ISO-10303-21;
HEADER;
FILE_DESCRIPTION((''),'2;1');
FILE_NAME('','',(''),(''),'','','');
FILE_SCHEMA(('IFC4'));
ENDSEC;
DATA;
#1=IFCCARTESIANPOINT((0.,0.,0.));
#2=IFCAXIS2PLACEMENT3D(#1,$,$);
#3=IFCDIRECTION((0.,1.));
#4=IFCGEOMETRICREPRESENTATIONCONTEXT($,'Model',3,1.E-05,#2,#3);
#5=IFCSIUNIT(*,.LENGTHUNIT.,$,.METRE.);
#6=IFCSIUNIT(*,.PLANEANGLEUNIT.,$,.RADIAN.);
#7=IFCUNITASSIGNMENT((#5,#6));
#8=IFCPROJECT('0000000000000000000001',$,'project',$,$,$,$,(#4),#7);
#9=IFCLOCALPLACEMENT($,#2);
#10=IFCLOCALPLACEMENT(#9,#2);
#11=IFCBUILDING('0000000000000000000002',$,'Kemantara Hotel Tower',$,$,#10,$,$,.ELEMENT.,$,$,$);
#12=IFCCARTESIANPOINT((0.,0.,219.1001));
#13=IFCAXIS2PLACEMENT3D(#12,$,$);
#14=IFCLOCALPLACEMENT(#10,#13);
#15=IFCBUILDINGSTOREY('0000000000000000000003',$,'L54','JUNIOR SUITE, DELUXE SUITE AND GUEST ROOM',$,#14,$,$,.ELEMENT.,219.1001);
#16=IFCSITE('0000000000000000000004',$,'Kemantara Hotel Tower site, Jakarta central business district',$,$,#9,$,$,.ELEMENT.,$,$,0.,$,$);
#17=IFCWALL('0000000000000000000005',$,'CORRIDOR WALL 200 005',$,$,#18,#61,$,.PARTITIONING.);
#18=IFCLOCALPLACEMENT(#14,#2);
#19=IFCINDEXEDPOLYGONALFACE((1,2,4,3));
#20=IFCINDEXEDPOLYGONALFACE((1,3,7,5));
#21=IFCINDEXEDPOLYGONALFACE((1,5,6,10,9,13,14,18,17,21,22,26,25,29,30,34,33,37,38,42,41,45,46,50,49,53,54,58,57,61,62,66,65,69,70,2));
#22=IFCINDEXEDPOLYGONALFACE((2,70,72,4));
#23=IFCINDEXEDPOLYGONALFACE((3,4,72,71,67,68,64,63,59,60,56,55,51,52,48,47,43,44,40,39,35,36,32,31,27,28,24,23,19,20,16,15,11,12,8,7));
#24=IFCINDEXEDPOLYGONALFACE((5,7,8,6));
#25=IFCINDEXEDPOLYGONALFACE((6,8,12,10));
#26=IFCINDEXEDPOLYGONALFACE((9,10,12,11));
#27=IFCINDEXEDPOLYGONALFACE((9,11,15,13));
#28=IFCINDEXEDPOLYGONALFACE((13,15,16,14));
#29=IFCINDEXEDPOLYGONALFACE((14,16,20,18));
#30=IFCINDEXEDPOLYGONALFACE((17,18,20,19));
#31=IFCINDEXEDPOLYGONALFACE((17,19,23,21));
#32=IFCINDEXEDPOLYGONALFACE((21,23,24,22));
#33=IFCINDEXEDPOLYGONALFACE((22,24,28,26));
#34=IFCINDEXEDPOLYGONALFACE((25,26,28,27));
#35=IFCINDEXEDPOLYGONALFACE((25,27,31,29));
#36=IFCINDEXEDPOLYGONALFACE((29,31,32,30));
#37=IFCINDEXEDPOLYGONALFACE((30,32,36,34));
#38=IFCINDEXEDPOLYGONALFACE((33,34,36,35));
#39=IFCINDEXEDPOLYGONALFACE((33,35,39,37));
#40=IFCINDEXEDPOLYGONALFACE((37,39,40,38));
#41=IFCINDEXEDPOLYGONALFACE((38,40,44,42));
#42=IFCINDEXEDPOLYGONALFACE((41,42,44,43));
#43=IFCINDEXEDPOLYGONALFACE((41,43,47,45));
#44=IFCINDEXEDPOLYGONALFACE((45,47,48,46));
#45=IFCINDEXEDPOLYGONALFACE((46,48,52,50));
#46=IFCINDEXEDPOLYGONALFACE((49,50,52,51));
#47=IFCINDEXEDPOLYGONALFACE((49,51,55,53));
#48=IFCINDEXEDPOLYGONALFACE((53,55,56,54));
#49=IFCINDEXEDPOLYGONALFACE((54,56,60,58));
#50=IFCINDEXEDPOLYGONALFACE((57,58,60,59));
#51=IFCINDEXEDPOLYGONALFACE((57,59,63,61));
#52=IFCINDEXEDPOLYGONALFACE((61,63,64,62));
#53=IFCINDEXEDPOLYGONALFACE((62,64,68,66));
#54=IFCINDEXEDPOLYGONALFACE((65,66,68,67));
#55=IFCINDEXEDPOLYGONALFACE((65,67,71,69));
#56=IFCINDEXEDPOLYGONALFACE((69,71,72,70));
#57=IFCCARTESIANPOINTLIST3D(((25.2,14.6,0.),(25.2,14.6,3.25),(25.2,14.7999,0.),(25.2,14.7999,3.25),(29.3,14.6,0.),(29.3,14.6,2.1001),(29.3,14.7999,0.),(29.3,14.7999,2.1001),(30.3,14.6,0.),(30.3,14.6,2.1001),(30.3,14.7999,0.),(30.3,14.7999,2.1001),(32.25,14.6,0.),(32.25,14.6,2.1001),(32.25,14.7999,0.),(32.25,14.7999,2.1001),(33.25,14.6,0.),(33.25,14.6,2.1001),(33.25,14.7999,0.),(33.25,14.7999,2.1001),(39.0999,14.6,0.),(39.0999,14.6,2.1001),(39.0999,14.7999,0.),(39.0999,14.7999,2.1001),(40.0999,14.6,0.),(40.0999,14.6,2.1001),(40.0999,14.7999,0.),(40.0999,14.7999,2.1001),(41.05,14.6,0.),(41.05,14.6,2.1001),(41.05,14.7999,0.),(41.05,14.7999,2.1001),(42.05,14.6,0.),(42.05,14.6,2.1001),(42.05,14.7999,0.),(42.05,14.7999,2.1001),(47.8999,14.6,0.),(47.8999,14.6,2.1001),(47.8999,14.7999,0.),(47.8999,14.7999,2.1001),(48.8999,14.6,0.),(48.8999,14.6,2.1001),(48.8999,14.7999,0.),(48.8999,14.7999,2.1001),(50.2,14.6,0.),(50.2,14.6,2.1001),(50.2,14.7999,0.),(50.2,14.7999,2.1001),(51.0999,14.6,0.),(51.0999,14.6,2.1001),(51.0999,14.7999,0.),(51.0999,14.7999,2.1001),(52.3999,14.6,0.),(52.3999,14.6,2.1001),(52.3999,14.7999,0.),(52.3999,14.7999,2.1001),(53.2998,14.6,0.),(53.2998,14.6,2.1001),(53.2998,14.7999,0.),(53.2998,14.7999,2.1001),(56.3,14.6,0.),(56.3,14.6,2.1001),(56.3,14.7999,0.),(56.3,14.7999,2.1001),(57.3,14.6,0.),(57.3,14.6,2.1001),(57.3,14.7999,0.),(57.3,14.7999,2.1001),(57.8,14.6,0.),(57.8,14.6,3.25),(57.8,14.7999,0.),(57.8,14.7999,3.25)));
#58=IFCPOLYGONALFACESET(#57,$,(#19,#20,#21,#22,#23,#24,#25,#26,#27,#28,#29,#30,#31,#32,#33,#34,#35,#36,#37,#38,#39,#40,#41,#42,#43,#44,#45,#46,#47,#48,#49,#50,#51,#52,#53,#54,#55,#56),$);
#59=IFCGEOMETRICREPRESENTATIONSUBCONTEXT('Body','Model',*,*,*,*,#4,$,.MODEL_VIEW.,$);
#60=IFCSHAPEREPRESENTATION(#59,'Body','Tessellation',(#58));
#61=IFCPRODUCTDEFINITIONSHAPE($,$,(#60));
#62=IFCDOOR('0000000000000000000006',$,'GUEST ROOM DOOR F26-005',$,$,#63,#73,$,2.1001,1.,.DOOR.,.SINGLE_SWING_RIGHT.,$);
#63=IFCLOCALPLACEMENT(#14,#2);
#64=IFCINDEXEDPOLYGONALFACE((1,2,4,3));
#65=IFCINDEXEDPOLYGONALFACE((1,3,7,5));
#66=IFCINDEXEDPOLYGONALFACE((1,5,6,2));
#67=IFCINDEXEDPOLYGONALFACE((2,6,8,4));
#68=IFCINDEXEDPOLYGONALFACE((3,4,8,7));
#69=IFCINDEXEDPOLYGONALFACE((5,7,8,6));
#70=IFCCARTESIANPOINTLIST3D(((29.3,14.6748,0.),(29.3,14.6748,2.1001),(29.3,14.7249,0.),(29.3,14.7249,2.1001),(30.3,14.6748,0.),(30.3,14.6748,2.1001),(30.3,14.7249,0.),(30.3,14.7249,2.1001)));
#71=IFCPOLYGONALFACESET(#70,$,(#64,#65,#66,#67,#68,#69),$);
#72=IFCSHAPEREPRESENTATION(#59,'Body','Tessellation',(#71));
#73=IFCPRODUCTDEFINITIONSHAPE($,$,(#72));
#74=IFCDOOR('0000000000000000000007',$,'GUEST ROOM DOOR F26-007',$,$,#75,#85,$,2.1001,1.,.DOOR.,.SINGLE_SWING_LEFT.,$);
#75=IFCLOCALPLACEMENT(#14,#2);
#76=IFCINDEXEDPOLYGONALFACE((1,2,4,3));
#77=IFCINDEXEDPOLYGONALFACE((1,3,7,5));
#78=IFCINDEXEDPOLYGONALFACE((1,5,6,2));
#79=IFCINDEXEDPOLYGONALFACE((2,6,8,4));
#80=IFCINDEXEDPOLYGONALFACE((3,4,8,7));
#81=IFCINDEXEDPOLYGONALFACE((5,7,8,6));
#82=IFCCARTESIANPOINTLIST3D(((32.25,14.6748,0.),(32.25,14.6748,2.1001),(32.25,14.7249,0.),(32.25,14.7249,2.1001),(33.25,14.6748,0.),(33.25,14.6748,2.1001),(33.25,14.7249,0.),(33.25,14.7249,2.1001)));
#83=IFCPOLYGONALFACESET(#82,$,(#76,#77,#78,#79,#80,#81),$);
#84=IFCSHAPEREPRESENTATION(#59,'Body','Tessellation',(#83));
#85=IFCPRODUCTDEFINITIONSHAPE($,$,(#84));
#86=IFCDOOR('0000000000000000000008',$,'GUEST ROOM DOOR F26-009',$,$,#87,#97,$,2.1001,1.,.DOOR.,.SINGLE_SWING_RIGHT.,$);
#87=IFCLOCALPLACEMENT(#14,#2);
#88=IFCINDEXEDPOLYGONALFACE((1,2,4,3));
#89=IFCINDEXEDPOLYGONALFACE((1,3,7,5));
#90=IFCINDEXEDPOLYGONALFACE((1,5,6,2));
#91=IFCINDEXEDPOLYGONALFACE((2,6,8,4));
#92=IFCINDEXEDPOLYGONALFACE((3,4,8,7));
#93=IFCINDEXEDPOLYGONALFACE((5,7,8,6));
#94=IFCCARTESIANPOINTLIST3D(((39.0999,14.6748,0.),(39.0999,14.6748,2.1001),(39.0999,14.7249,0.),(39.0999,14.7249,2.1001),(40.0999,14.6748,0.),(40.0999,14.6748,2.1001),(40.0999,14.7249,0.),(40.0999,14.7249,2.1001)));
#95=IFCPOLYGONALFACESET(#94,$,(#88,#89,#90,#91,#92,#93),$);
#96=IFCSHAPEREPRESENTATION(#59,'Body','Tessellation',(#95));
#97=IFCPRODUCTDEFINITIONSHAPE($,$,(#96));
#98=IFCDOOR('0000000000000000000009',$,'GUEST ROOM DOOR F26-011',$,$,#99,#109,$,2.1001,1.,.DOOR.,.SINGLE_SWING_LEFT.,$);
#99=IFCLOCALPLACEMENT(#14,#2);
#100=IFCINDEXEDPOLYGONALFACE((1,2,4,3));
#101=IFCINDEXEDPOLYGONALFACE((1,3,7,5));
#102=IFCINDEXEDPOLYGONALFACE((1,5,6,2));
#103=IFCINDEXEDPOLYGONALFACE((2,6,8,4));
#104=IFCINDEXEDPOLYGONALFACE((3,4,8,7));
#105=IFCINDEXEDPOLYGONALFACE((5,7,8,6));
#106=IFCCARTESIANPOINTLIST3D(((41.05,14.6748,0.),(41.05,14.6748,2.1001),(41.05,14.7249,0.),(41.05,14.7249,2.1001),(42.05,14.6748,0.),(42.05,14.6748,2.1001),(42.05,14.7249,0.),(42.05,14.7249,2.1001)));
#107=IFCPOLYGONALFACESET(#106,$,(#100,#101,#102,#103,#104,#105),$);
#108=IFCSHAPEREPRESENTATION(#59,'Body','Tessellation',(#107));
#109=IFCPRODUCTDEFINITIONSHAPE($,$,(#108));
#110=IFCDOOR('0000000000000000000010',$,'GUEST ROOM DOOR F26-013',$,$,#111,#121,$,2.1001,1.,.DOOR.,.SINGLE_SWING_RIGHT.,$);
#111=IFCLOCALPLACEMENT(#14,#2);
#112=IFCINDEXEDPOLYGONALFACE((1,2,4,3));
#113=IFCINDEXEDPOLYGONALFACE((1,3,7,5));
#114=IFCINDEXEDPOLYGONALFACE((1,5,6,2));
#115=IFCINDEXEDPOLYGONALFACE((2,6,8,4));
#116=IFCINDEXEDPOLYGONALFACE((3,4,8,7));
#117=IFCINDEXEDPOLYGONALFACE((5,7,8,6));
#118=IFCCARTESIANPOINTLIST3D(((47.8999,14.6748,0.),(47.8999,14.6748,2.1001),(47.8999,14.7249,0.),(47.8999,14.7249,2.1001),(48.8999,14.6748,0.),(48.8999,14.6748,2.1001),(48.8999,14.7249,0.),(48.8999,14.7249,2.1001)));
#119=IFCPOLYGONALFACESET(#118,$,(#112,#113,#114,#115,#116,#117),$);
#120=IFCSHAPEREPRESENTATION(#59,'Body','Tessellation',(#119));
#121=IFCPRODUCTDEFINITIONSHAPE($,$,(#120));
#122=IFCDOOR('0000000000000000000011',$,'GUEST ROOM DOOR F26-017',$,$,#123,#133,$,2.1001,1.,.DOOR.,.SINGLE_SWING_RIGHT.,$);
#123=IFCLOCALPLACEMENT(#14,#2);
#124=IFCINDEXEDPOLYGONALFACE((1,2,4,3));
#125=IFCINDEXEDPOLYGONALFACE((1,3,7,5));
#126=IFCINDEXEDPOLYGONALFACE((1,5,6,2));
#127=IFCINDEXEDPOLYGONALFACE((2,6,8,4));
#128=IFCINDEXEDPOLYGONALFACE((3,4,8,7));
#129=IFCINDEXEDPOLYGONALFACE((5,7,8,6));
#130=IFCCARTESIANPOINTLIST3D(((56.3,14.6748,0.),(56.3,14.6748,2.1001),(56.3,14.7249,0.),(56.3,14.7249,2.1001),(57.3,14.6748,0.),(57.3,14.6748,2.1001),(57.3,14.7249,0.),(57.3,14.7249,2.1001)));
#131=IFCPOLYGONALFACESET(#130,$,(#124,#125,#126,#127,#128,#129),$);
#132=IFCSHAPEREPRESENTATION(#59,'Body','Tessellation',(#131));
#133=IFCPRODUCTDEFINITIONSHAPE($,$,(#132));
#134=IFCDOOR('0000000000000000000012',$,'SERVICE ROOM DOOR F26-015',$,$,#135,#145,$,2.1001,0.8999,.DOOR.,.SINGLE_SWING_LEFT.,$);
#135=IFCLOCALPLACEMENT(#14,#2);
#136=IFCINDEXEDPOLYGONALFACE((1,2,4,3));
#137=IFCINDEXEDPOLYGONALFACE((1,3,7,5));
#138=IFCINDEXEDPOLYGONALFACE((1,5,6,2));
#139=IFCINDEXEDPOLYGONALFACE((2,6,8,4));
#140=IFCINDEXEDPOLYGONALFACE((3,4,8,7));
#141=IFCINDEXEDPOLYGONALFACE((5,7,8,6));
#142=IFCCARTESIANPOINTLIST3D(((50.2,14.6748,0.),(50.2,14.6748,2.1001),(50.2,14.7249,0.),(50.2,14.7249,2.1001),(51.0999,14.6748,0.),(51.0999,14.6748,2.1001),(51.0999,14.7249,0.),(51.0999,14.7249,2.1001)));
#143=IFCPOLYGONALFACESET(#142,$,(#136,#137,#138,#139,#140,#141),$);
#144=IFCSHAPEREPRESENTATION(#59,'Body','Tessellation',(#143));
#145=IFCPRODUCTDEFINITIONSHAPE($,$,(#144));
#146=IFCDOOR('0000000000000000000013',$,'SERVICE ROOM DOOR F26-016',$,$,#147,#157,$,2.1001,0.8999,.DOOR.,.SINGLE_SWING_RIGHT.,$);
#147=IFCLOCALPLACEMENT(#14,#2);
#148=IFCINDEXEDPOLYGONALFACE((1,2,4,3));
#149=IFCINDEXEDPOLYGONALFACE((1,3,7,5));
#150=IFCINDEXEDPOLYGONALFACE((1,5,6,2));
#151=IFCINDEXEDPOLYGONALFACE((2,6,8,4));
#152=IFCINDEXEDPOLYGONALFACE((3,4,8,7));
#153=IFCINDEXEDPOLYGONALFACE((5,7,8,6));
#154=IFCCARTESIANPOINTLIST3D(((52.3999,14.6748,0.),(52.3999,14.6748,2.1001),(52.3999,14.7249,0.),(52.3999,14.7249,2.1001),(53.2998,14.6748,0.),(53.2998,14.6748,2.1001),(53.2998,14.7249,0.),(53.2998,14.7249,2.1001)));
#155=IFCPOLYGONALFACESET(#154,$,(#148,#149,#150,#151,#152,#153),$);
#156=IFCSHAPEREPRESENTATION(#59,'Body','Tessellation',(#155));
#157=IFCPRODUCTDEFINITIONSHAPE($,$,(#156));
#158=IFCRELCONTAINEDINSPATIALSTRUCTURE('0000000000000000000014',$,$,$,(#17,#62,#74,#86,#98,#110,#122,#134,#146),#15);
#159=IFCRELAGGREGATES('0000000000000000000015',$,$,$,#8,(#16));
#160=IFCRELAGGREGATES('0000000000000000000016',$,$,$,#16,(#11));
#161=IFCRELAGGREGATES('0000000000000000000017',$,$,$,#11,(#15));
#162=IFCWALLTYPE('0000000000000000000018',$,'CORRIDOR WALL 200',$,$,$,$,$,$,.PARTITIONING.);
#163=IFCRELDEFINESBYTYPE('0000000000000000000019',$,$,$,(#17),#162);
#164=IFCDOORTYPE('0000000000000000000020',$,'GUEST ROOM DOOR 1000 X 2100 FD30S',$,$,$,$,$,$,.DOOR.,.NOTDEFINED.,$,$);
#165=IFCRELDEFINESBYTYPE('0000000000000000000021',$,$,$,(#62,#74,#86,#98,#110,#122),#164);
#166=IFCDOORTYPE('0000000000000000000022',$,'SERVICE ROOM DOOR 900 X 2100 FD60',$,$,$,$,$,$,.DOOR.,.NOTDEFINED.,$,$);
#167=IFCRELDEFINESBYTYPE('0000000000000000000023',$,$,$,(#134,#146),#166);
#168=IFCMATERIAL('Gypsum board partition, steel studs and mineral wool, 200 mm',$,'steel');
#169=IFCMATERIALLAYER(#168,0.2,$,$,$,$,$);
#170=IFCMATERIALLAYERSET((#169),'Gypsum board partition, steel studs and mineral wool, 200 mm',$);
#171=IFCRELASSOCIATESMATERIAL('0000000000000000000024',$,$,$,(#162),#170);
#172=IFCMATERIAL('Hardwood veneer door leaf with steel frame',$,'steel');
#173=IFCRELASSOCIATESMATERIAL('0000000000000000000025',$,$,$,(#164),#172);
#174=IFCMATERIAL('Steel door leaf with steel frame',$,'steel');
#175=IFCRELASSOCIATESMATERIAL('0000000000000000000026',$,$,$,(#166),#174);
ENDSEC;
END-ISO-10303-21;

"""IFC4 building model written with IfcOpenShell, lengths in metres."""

from ifc_helpers import new_model, si_unit, direction, frame, frame_2d, origin, place, context, subcontext, project, spatial, rectangle, extrude, material, layer, layer_set, type_object, element, fill, save


model = new_model("IFC4")

# Units and contexts
model_context = context("Model", 3, precision=1e-05, world=origin(), true_north=direction((0.0, 1.0)))
body_context = subcontext(model_context, "Body", "Model", "MODEL_VIEW")
ifc_project = project(units=[si_unit("LENGTHUNIT", "METRE"), si_unit("PLANEANGLEUNIT", "RADIAN")], contexts=[model_context])

# Site, building, storey
site_placement = place(None, origin())
site = spatial("IfcSite", under=ifc_project, at=site_placement, Name="Kemantara Hotel Tower site, Jakarta central business district", CompositionType="ELEMENT", RefElevation=0.0)
building_placement = place(site_placement, origin())
building = spatial("IfcBuilding", under=site, at=building_placement, Name="Kemantara Hotel Tower", CompositionType="ELEMENT")
storey_placement = place(building_placement, frame((0.0, 0.0, 219.1001)))
storey = spatial("IfcBuildingStorey", under=building, at=storey_placement, Name="L54", Description="JUNIOR SUITE, DELUXE SUITE AND GUEST ROOM", CompositionType="ELEMENT", Elevation=219.1001)

# Wall, openings, doors
ifc_material_1 = material(Name="Gypsum board partition, steel studs and mineral wool, 200 mm", Category="steel")
ifc_layer_1 = layer(ifc_material_1, 0.2)
ifc_layer_set_1 = layer_set([ifc_layer_1], Name="Gypsum board partition, steel studs and mineral wool, 200 mm")
wall_type_1 = type_object("IfcWallType", Name="CORRIDOR WALL 200", PredefinedType="PARTITIONING", material=ifc_layer_set_1)
wall_1_placement = place(storey_placement, frame((25.2, 14.7, 0.0), z_axis=(0.0, 0.0, 1.0), x_axis=(1.0, 0.0, 0.0)))
wall_1 = element("IfcWall", 1, at=wall_1_placement, inside=storey, type_object=wall_type_1, Name="CORRIDOR WALL 200 005", PredefinedType="PARTITIONING", context=body_context, shape_type="SweptSolid", body=[
    extrude(rectangle(XDim=32.6001, YDim=0.2, at=frame_2d((16.3, 0.0))), origin(), (0.0, 0.0, 1.0), 3.25),
])
opening_1_placement = place(wall_1_placement, frame((4.1001, 0.0, 0.0)))
opening_1 = element("IfcOpeningElement", 2, at=opening_1_placement, cuts=wall_1, PredefinedType="OPENING", context=body_context, shape_type="SweptSolid", body=[
    extrude(rectangle(XDim=1.0, YDim=2.1001, at=frame_2d((0.5, 1.05))), frame((0.0, 0.1099, 0.0), z_axis=(0.0, -1.0, 0.0), x_axis=(1.0, 0.0, 0.0)), (0.0, 0.0, 1.0), 0.22),
])
opening_2_placement = place(wall_1_placement, frame((7.05, 0.0, 0.0)))
opening_2 = element("IfcOpeningElement", 3, at=opening_2_placement, cuts=wall_1, PredefinedType="OPENING", context=body_context, shape_type="SweptSolid", body=[
    extrude(rectangle(XDim=1.0, YDim=2.1001, at=frame_2d((0.5, 1.05))), frame((0.0, 0.1099, 0.0), z_axis=(0.0, -1.0, 0.0), x_axis=(1.0, 0.0, 0.0)), (0.0, 0.0, 1.0), 0.22),
])
opening_3_placement = place(wall_1_placement, frame((13.8999, 0.0, 0.0)))
opening_3 = element("IfcOpeningElement", 4, at=opening_3_placement, cuts=wall_1, PredefinedType="OPENING", context=body_context, shape_type="SweptSolid", body=[
    extrude(rectangle(XDim=1.0, YDim=2.1001, at=frame_2d((0.5, 1.05))), frame((0.0, 0.1099, 0.0), z_axis=(0.0, -1.0, 0.0), x_axis=(1.0, 0.0, 0.0)), (0.0, 0.0, 1.0), 0.22),
])
opening_4_placement = place(wall_1_placement, frame((15.8501, 0.0, 0.0)))
opening_4 = element("IfcOpeningElement", 5, at=opening_4_placement, cuts=wall_1, PredefinedType="OPENING", context=body_context, shape_type="SweptSolid", body=[
    extrude(rectangle(XDim=1.0, YDim=2.1001, at=frame_2d((0.5, 1.05))), frame((0.0, 0.1099, 0.0), z_axis=(0.0, -1.0, 0.0), x_axis=(1.0, 0.0, 0.0)), (0.0, 0.0, 1.0), 0.22),
])
opening_5_placement = place(wall_1_placement, frame((22.7, 0.0, 0.0)))
opening_5 = element("IfcOpeningElement", 6, at=opening_5_placement, cuts=wall_1, PredefinedType="OPENING", context=body_context, shape_type="SweptSolid", body=[
    extrude(rectangle(XDim=1.0, YDim=2.1001, at=frame_2d((0.5, 1.05))), frame((0.0, 0.1099, 0.0), z_axis=(0.0, -1.0, 0.0), x_axis=(1.0, 0.0, 0.0)), (0.0, 0.0, 1.0), 0.22),
])
opening_6_placement = place(wall_1_placement, frame((25.0, 0.0, 0.0)))
opening_6 = element("IfcOpeningElement", 7, at=opening_6_placement, cuts=wall_1, PredefinedType="OPENING", context=body_context, shape_type="SweptSolid", body=[
    extrude(rectangle(XDim=0.8999, YDim=2.1001, at=frame_2d((0.45, 1.05))), frame((0.0, 0.1099, 0.0), z_axis=(0.0, -1.0, 0.0), x_axis=(1.0, 0.0, 0.0)), (0.0, 0.0, 1.0), 0.22),
])
opening_7_placement = place(wall_1_placement, frame((27.2, 0.0, 0.0)))
opening_7 = element("IfcOpeningElement", 8, at=opening_7_placement, cuts=wall_1, PredefinedType="OPENING", context=body_context, shape_type="SweptSolid", body=[
    extrude(rectangle(XDim=0.8999, YDim=2.1001, at=frame_2d((0.45, 1.05))), frame((0.0, 0.1099, 0.0), z_axis=(0.0, -1.0, 0.0), x_axis=(1.0, 0.0, 0.0)), (0.0, 0.0, 1.0), 0.22),
])
opening_8_placement = place(wall_1_placement, frame((31.1001, 0.0, 0.0)))
opening_8 = element("IfcOpeningElement", 9, at=opening_8_placement, cuts=wall_1, PredefinedType="OPENING", context=body_context, shape_type="SweptSolid", body=[
    extrude(rectangle(XDim=1.0, YDim=2.1001, at=frame_2d((0.5, 1.05))), frame((0.0, 0.1099, 0.0), z_axis=(0.0, -1.0, 0.0), x_axis=(1.0, 0.0, 0.0)), (0.0, 0.0, 1.0), 0.22),
])
ifc_material_2 = material(Name="Hardwood veneer door leaf with steel frame", Category="steel")
door_type_1 = type_object("IfcDoorType", Name="GUEST ROOM DOOR 1000 X 2100 FD30S", OperationType="NOTDEFINED", PredefinedType="DOOR", material=ifc_material_2)
door_1_placement = place(opening_1_placement, origin())
door_1 = element("IfcDoor", 10, at=door_1_placement, inside=storey, type_object=door_type_1, Name="GUEST ROOM DOOR F26-005", OperationType="SINGLE_SWING_RIGHT", OverallHeight=2.1001, OverallWidth=1.0, PredefinedType="DOOR", context=body_context, shape_type="SweptSolid", body=[
    extrude(rectangle(XDim=1.0, YDim=2.1001, at=frame_2d((0.5, 1.05))), frame((0.0, 0.0249, 0.0), z_axis=(0.0, -1.0, 0.0), x_axis=(1.0, 0.0, 0.0)), (0.0, 0.0, 1.0), 0.05),
])
fill(opening_1, door_1)
door_2_placement = place(opening_2_placement, origin())
door_2 = element("IfcDoor", 11, at=door_2_placement, inside=storey, type_object=door_type_1, Name="GUEST ROOM DOOR F26-007", OperationType="SINGLE_SWING_LEFT", OverallHeight=2.1001, OverallWidth=1.0, PredefinedType="DOOR", context=body_context, shape_type="SweptSolid", body=[
    extrude(rectangle(XDim=1.0, YDim=2.1001, at=frame_2d((0.5, 1.05))), frame((0.0, 0.0249, 0.0), z_axis=(0.0, -1.0, 0.0), x_axis=(1.0, 0.0, 0.0)), (0.0, 0.0, 1.0), 0.05),
])
fill(opening_2, door_2)
door_3_placement = place(opening_3_placement, origin())
door_3 = element("IfcDoor", 12, at=door_3_placement, inside=storey, type_object=door_type_1, Name="GUEST ROOM DOOR F26-009", OperationType="SINGLE_SWING_RIGHT", OverallHeight=2.1001, OverallWidth=1.0, PredefinedType="DOOR", context=body_context, shape_type="SweptSolid", body=[
    extrude(rectangle(XDim=1.0, YDim=2.1001, at=frame_2d((0.5, 1.05))), frame((0.0, 0.0249, 0.0), z_axis=(0.0, -1.0, 0.0), x_axis=(1.0, 0.0, 0.0)), (0.0, 0.0, 1.0), 0.05),
])
fill(opening_3, door_3)
door_4_placement = place(opening_4_placement, origin())
door_4 = element("IfcDoor", 13, at=door_4_placement, inside=storey, type_object=door_type_1, Name="GUEST ROOM DOOR F26-011", OperationType="SINGLE_SWING_LEFT", OverallHeight=2.1001, OverallWidth=1.0, PredefinedType="DOOR", context=body_context, shape_type="SweptSolid", body=[
    extrude(rectangle(XDim=1.0, YDim=2.1001, at=frame_2d((0.5, 1.05))), frame((0.0, 0.0249, 0.0), z_axis=(0.0, -1.0, 0.0), x_axis=(1.0, 0.0, 0.0)), (0.0, 0.0, 1.0), 0.05),
])
fill(opening_4, door_4)
door_5_placement = place(opening_5_placement, origin())
door_5 = element("IfcDoor", 14, at=door_5_placement, inside=storey, type_object=door_type_1, Name="GUEST ROOM DOOR F26-013", OperationType="SINGLE_SWING_RIGHT", OverallHeight=2.1001, OverallWidth=1.0, PredefinedType="DOOR", context=body_context, shape_type="SweptSolid", body=[
    extrude(rectangle(XDim=1.0, YDim=2.1001, at=frame_2d((0.5, 1.05))), frame((0.0, 0.0249, 0.0), z_axis=(0.0, -1.0, 0.0), x_axis=(1.0, 0.0, 0.0)), (0.0, 0.0, 1.0), 0.05),
])
fill(opening_5, door_5)
door_6_placement = place(opening_8_placement, origin())
door_6 = element("IfcDoor", 15, at=door_6_placement, inside=storey, type_object=door_type_1, Name="GUEST ROOM DOOR F26-017", OperationType="SINGLE_SWING_RIGHT", OverallHeight=2.1001, OverallWidth=1.0, PredefinedType="DOOR", context=body_context, shape_type="SweptSolid", body=[
    extrude(rectangle(XDim=1.0, YDim=2.1001, at=frame_2d((0.5, 1.05))), frame((0.0, 0.0249, 0.0), z_axis=(0.0, -1.0, 0.0), x_axis=(1.0, 0.0, 0.0)), (0.0, 0.0, 1.0), 0.05),
])
fill(opening_8, door_6)
ifc_material_3 = material(Name="Steel door leaf with steel frame", Category="steel")
door_type_2 = type_object("IfcDoorType", Name="SERVICE ROOM DOOR 900 X 2100 FD60", OperationType="NOTDEFINED", PredefinedType="DOOR", material=ifc_material_3)
door_7_placement = place(opening_6_placement, origin())
door_7 = element("IfcDoor", 16, at=door_7_placement, inside=storey, type_object=door_type_2, Name="SERVICE ROOM DOOR F26-015", OperationType="SINGLE_SWING_LEFT", OverallHeight=2.1001, OverallWidth=0.8999, PredefinedType="DOOR", context=body_context, shape_type="SweptSolid", body=[
    extrude(rectangle(XDim=0.8999, YDim=2.1001, at=frame_2d((0.45, 1.05))), frame((0.0, 0.0249, 0.0), z_axis=(0.0, -1.0, 0.0), x_axis=(1.0, 0.0, 0.0)), (0.0, 0.0, 1.0), 0.05),
])
fill(opening_6, door_7)
door_8_placement = place(opening_7_placement, origin())
door_8 = element("IfcDoor", 17, at=door_8_placement, inside=storey, type_object=door_type_2, Name="SERVICE ROOM DOOR F26-016", OperationType="SINGLE_SWING_RIGHT", OverallHeight=2.1001, OverallWidth=0.8999, PredefinedType="DOOR", context=body_context, shape_type="SweptSolid", body=[
    extrude(rectangle(XDim=0.8999, YDim=2.1001, at=frame_2d((0.45, 1.05))), frame((0.0, 0.0249, 0.0), z_axis=(0.0, -1.0, 0.0), x_axis=(1.0, 0.0, 0.0)), (0.0, 0.0, 1.0), 0.05),
])
fill(opening_7, door_8)

save(model, "model.ifc")
